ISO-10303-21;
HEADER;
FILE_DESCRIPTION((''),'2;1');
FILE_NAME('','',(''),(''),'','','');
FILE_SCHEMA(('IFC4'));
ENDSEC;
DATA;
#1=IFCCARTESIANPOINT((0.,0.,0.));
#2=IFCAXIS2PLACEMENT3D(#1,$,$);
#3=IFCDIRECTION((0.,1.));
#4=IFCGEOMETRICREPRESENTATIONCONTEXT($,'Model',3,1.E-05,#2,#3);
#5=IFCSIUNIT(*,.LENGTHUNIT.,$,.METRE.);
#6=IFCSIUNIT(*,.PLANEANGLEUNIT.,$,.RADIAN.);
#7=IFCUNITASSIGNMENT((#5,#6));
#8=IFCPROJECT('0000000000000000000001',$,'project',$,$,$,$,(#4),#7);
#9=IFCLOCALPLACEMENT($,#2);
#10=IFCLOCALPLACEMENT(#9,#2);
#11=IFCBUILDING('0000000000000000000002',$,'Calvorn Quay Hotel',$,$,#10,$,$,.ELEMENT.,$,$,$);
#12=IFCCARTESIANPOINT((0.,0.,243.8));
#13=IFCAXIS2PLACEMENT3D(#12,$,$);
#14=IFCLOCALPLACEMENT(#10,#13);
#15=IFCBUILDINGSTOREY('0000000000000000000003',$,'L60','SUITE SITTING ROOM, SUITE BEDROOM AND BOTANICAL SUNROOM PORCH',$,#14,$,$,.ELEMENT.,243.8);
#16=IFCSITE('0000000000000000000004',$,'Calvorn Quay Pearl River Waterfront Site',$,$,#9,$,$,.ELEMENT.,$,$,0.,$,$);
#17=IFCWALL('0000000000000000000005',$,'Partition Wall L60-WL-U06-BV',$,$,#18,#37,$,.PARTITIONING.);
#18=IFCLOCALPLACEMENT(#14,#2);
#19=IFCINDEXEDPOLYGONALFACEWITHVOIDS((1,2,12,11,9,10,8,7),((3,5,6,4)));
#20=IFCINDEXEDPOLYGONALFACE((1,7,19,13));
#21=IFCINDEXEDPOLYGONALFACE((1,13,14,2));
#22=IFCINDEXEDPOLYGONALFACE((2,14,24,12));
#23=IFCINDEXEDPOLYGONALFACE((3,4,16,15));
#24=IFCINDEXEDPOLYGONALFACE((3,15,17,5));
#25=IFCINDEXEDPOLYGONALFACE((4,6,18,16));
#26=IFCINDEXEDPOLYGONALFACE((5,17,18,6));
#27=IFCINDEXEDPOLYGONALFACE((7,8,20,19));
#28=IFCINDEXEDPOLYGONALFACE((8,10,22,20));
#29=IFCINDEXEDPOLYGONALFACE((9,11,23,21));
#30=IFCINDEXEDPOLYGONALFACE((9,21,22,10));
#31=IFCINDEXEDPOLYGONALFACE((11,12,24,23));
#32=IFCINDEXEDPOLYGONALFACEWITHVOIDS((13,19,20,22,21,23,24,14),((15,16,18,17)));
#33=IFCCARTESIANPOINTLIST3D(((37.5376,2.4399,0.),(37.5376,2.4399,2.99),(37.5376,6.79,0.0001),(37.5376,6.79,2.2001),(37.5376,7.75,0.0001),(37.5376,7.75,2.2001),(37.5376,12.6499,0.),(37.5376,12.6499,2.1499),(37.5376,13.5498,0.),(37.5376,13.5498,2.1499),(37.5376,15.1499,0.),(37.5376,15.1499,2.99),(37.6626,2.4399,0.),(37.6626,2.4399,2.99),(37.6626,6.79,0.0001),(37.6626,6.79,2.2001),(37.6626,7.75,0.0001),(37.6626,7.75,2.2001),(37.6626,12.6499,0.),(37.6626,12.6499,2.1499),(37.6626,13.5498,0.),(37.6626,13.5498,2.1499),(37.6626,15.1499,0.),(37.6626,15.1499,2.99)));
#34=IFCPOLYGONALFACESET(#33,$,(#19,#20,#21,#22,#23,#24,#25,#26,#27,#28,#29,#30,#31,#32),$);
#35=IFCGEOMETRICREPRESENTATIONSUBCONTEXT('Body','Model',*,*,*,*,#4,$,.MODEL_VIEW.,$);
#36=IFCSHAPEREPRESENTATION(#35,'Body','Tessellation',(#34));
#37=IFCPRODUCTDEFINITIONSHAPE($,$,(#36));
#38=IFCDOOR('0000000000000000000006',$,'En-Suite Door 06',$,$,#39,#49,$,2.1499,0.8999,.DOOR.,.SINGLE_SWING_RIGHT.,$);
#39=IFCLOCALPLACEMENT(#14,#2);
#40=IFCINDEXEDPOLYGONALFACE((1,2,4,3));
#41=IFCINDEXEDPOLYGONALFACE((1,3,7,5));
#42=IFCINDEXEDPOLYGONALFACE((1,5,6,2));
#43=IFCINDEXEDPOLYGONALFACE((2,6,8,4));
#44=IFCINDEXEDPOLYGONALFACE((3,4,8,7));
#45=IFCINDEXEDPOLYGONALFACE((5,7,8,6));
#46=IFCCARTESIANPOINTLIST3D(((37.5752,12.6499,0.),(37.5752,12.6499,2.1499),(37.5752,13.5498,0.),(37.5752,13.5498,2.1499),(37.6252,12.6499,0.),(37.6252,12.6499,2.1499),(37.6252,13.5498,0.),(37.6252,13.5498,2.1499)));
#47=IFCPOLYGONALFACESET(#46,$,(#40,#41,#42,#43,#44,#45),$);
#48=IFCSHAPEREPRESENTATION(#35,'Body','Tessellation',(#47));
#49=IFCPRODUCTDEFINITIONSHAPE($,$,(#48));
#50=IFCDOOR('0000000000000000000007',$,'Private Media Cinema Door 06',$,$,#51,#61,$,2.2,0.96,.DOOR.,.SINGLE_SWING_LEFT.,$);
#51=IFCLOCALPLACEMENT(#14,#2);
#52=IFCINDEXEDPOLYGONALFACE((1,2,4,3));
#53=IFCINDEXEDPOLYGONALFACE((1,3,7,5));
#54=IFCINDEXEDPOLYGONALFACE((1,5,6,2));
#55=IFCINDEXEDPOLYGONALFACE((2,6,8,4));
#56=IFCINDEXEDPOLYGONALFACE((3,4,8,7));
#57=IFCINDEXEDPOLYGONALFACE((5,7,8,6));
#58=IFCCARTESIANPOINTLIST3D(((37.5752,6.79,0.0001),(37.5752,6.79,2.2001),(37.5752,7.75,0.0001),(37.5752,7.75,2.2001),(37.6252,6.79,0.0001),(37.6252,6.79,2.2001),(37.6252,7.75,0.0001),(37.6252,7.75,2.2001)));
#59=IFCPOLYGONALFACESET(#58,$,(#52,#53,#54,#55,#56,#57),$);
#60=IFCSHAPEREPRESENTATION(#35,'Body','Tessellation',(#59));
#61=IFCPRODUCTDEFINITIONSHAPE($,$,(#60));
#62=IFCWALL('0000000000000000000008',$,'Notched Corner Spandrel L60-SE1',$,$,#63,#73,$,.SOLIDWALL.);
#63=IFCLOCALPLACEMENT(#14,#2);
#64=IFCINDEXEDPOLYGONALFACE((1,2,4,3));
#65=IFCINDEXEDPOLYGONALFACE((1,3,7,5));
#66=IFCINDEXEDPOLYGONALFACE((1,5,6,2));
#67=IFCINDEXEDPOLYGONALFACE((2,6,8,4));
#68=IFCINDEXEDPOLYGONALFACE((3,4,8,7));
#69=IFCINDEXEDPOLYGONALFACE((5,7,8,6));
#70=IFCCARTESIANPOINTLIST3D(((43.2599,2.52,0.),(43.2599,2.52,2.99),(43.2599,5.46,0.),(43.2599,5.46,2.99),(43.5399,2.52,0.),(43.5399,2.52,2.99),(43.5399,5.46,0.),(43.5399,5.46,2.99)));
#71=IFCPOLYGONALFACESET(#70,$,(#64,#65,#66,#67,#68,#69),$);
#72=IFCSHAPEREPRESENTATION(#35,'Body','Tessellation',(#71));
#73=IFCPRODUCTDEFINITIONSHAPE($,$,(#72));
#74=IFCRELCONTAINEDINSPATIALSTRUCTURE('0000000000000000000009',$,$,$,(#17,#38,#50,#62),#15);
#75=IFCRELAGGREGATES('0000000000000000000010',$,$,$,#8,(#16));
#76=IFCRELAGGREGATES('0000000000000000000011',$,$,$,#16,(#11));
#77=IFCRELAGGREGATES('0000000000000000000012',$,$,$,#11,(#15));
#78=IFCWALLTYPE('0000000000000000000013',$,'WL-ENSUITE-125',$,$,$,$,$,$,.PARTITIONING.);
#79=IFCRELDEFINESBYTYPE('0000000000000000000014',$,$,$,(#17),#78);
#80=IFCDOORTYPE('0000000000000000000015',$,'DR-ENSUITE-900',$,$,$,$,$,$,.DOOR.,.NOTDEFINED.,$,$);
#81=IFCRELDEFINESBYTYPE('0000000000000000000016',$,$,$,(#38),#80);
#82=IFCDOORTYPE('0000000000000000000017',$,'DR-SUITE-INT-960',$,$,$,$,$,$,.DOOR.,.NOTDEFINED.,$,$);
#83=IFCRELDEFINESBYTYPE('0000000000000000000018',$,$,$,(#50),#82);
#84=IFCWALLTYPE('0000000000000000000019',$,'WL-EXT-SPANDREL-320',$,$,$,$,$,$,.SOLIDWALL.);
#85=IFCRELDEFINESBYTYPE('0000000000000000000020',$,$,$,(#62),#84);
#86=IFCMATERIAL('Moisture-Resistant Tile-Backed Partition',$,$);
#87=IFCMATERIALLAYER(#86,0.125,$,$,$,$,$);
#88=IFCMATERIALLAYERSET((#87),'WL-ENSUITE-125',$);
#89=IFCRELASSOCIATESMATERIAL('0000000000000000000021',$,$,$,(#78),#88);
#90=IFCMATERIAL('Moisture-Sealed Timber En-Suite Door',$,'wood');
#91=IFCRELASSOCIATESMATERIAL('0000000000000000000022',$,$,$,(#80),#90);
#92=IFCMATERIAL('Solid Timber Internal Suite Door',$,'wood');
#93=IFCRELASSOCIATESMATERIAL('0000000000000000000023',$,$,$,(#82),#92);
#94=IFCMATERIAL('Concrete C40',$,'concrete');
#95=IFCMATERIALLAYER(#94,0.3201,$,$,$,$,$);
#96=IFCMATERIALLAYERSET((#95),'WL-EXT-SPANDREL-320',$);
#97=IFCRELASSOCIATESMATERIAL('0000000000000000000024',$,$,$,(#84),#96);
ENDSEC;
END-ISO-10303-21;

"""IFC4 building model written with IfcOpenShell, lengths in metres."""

from ifc_helpers import new_model, si_unit, direction, frame, frame_2d, origin, place, context, subcontext, project, spatial, rectangle, extrude, material, layer, layer_set, type_object, element, fill, save


model = new_model("IFC4")

# Units and contexts
model_context = context("Model", 3, precision=1e-05, world=origin(), true_north=direction((0.0, 1.0)))
body_context = subcontext(model_context, "Body", "Model", "MODEL_VIEW")
ifc_project = project(units=[si_unit("LENGTHUNIT", "METRE"), si_unit("PLANEANGLEUNIT", "RADIAN")], contexts=[model_context])

# Site, building, storey
site_placement = place(None, origin())
site = spatial("IfcSite", under=ifc_project, at=site_placement, Name="Calvorn Quay Pearl River Waterfront Site", CompositionType="ELEMENT", RefElevation=0.0)
building_placement = place(site_placement, origin())
building = spatial("IfcBuilding", under=site, at=building_placement, Name="Calvorn Quay Hotel", CompositionType="ELEMENT")
storey_placement = place(building_placement, frame((0.0, 0.0, 243.8)))
storey = spatial("IfcBuildingStorey", under=building, at=storey_placement, Name="L60", Description="SUITE SITTING ROOM, SUITE BEDROOM AND BOTANICAL SUNROOM PORCH", CompositionType="ELEMENT", Elevation=243.8)

# Wall, openings, doors
ifc_material_1 = material(Name="Moisture-Resistant Tile-Backed Partition")
ifc_layer_1 = layer(ifc_material_1, 0.125)
ifc_layer_set_1 = layer_set([ifc_layer_1], Name="WL-ENSUITE-125")
wall_type_1 = type_object("IfcWallType", Name="WL-ENSUITE-125", PredefinedType="PARTITIONING", material=ifc_layer_set_1)
wall_1_placement = place(storey_placement, frame((37.6001, 2.4399, 0.0), z_axis=(0.0, 0.0, 1.0), x_axis=(0.0, 1.0, 0.0)))
wall_1 = element("IfcWall", 1, at=wall_1_placement, inside=storey, type_object=wall_type_1, Name="Partition Wall L60-WL-U06-BV", PredefinedType="PARTITIONING", context=body_context, shape_type="SweptSolid", body=[
    extrude(rectangle(XDim=12.71, YDim=0.125, at=frame_2d((6.355, 0.0))), origin(), (0.0, 0.0, 1.0), 2.99),
])
opening_1_placement = place(wall_1_placement, frame((4.3501, 0.0, 0.0)))
opening_1 = element("IfcOpeningElement", 2, at=opening_1_placement, cuts=wall_1, PredefinedType="OPENING", context=body_context, shape_type="SweptSolid", body=[
    extrude(rectangle(XDim=0.96, YDim=2.2, at=frame_2d((0.48, 1.1001))), frame((0.0, 0.0725, 0.0), z_axis=(0.0, -1.0, 0.0), x_axis=(1.0, 0.0, 0.0)), (0.0, 0.0, 1.0), 0.145),
])
opening_2_placement = place(wall_1_placement, frame((10.21, 0.0, 0.0)))
opening_2 = element("IfcOpeningElement", 3, at=opening_2_placement, cuts=wall_1, PredefinedType="OPENING", context=body_context, shape_type="SweptSolid", body=[
    extrude(rectangle(XDim=0.8999, YDim=2.1499, at=frame_2d((0.45, 1.075))), frame((0.0, 0.0725, 0.0), z_axis=(0.0, -1.0, 0.0), x_axis=(1.0, 0.0, 0.0)), (0.0, 0.0, 1.0), 0.145),
])
ifc_material_2 = material(Name="Moisture-Sealed Timber En-Suite Door", Category="wood")
door_type_1 = type_object("IfcDoorType", Name="DR-ENSUITE-900", OperationType="NOTDEFINED", PredefinedType="DOOR", material=ifc_material_2)
door_1_placement = place(opening_2_placement, origin())
door_1 = element("IfcDoor", 4, at=door_1_placement, inside=storey, type_object=door_type_1, Name="En-Suite Door 06", OperationType="SINGLE_SWING_RIGHT", OverallHeight=2.1499, OverallWidth=0.8999, PredefinedType="DOOR", context=body_context, shape_type="SweptSolid", body=[
    extrude(rectangle(XDim=0.8999, YDim=2.1499, at=frame_2d((0.45, 1.075))), frame((0.0, 0.0249, 0.0), z_axis=(0.0, -1.0, 0.0), x_axis=(1.0, 0.0, 0.0)), (0.0, 0.0, 1.0), 0.05),
])
fill(opening_2, door_1)
ifc_material_3 = material(Name="Solid Timber Internal Suite Door", Category="wood")
door_type_2 = type_object("IfcDoorType", Name="DR-SUITE-INT-960", OperationType="NOTDEFINED", PredefinedType="DOOR", material=ifc_material_3)
door_2_placement = place(opening_1_placement, origin())
door_2 = element("IfcDoor", 5, at=door_2_placement, inside=storey, type_object=door_type_2, Name="Private Media Cinema Door 06", OperationType="SINGLE_SWING_LEFT", OverallHeight=2.2, OverallWidth=0.96, PredefinedType="DOOR", context=body_context, shape_type="SweptSolid", body=[
    extrude(rectangle(XDim=0.96, YDim=2.2, at=frame_2d((0.48, 1.1001))), frame((0.0, 0.0249, 0.0), z_axis=(0.0, -1.0, 0.0), x_axis=(1.0, 0.0, 0.0)), (0.0, 0.0, 1.0), 0.05),
])
fill(opening_1, door_2)

# Wall
ifc_material_4 = material(Name="Concrete C40", Category="concrete")
ifc_layer_2 = layer(ifc_material_4, 0.3201)
ifc_layer_set_2 = layer_set([ifc_layer_2], Name="WL-EXT-SPANDREL-320")
wall_type_2 = type_object("IfcWallType", Name="WL-EXT-SPANDREL-320", PredefinedType="SOLIDWALL", material=ifc_layer_set_2)
wall_2_placement = place(storey_placement, frame((43.3999, 2.52, 0.0), z_axis=(0.0, 0.0, 1.0), x_axis=(0.0, 1.0, 0.0)))
element("IfcWall", 6, at=wall_2_placement, inside=storey, type_object=wall_type_2, Name="Notched Corner Spandrel L60-SE1", PredefinedType="SOLIDWALL", context=body_context, shape_type="SweptSolid", body=[
    extrude(rectangle(XDim=2.9399, YDim=0.28, at=frame_2d((1.47, 0.0))), origin(), (0.0, 0.0, 1.0), 2.99),
])

save(model, "model.ifc")
